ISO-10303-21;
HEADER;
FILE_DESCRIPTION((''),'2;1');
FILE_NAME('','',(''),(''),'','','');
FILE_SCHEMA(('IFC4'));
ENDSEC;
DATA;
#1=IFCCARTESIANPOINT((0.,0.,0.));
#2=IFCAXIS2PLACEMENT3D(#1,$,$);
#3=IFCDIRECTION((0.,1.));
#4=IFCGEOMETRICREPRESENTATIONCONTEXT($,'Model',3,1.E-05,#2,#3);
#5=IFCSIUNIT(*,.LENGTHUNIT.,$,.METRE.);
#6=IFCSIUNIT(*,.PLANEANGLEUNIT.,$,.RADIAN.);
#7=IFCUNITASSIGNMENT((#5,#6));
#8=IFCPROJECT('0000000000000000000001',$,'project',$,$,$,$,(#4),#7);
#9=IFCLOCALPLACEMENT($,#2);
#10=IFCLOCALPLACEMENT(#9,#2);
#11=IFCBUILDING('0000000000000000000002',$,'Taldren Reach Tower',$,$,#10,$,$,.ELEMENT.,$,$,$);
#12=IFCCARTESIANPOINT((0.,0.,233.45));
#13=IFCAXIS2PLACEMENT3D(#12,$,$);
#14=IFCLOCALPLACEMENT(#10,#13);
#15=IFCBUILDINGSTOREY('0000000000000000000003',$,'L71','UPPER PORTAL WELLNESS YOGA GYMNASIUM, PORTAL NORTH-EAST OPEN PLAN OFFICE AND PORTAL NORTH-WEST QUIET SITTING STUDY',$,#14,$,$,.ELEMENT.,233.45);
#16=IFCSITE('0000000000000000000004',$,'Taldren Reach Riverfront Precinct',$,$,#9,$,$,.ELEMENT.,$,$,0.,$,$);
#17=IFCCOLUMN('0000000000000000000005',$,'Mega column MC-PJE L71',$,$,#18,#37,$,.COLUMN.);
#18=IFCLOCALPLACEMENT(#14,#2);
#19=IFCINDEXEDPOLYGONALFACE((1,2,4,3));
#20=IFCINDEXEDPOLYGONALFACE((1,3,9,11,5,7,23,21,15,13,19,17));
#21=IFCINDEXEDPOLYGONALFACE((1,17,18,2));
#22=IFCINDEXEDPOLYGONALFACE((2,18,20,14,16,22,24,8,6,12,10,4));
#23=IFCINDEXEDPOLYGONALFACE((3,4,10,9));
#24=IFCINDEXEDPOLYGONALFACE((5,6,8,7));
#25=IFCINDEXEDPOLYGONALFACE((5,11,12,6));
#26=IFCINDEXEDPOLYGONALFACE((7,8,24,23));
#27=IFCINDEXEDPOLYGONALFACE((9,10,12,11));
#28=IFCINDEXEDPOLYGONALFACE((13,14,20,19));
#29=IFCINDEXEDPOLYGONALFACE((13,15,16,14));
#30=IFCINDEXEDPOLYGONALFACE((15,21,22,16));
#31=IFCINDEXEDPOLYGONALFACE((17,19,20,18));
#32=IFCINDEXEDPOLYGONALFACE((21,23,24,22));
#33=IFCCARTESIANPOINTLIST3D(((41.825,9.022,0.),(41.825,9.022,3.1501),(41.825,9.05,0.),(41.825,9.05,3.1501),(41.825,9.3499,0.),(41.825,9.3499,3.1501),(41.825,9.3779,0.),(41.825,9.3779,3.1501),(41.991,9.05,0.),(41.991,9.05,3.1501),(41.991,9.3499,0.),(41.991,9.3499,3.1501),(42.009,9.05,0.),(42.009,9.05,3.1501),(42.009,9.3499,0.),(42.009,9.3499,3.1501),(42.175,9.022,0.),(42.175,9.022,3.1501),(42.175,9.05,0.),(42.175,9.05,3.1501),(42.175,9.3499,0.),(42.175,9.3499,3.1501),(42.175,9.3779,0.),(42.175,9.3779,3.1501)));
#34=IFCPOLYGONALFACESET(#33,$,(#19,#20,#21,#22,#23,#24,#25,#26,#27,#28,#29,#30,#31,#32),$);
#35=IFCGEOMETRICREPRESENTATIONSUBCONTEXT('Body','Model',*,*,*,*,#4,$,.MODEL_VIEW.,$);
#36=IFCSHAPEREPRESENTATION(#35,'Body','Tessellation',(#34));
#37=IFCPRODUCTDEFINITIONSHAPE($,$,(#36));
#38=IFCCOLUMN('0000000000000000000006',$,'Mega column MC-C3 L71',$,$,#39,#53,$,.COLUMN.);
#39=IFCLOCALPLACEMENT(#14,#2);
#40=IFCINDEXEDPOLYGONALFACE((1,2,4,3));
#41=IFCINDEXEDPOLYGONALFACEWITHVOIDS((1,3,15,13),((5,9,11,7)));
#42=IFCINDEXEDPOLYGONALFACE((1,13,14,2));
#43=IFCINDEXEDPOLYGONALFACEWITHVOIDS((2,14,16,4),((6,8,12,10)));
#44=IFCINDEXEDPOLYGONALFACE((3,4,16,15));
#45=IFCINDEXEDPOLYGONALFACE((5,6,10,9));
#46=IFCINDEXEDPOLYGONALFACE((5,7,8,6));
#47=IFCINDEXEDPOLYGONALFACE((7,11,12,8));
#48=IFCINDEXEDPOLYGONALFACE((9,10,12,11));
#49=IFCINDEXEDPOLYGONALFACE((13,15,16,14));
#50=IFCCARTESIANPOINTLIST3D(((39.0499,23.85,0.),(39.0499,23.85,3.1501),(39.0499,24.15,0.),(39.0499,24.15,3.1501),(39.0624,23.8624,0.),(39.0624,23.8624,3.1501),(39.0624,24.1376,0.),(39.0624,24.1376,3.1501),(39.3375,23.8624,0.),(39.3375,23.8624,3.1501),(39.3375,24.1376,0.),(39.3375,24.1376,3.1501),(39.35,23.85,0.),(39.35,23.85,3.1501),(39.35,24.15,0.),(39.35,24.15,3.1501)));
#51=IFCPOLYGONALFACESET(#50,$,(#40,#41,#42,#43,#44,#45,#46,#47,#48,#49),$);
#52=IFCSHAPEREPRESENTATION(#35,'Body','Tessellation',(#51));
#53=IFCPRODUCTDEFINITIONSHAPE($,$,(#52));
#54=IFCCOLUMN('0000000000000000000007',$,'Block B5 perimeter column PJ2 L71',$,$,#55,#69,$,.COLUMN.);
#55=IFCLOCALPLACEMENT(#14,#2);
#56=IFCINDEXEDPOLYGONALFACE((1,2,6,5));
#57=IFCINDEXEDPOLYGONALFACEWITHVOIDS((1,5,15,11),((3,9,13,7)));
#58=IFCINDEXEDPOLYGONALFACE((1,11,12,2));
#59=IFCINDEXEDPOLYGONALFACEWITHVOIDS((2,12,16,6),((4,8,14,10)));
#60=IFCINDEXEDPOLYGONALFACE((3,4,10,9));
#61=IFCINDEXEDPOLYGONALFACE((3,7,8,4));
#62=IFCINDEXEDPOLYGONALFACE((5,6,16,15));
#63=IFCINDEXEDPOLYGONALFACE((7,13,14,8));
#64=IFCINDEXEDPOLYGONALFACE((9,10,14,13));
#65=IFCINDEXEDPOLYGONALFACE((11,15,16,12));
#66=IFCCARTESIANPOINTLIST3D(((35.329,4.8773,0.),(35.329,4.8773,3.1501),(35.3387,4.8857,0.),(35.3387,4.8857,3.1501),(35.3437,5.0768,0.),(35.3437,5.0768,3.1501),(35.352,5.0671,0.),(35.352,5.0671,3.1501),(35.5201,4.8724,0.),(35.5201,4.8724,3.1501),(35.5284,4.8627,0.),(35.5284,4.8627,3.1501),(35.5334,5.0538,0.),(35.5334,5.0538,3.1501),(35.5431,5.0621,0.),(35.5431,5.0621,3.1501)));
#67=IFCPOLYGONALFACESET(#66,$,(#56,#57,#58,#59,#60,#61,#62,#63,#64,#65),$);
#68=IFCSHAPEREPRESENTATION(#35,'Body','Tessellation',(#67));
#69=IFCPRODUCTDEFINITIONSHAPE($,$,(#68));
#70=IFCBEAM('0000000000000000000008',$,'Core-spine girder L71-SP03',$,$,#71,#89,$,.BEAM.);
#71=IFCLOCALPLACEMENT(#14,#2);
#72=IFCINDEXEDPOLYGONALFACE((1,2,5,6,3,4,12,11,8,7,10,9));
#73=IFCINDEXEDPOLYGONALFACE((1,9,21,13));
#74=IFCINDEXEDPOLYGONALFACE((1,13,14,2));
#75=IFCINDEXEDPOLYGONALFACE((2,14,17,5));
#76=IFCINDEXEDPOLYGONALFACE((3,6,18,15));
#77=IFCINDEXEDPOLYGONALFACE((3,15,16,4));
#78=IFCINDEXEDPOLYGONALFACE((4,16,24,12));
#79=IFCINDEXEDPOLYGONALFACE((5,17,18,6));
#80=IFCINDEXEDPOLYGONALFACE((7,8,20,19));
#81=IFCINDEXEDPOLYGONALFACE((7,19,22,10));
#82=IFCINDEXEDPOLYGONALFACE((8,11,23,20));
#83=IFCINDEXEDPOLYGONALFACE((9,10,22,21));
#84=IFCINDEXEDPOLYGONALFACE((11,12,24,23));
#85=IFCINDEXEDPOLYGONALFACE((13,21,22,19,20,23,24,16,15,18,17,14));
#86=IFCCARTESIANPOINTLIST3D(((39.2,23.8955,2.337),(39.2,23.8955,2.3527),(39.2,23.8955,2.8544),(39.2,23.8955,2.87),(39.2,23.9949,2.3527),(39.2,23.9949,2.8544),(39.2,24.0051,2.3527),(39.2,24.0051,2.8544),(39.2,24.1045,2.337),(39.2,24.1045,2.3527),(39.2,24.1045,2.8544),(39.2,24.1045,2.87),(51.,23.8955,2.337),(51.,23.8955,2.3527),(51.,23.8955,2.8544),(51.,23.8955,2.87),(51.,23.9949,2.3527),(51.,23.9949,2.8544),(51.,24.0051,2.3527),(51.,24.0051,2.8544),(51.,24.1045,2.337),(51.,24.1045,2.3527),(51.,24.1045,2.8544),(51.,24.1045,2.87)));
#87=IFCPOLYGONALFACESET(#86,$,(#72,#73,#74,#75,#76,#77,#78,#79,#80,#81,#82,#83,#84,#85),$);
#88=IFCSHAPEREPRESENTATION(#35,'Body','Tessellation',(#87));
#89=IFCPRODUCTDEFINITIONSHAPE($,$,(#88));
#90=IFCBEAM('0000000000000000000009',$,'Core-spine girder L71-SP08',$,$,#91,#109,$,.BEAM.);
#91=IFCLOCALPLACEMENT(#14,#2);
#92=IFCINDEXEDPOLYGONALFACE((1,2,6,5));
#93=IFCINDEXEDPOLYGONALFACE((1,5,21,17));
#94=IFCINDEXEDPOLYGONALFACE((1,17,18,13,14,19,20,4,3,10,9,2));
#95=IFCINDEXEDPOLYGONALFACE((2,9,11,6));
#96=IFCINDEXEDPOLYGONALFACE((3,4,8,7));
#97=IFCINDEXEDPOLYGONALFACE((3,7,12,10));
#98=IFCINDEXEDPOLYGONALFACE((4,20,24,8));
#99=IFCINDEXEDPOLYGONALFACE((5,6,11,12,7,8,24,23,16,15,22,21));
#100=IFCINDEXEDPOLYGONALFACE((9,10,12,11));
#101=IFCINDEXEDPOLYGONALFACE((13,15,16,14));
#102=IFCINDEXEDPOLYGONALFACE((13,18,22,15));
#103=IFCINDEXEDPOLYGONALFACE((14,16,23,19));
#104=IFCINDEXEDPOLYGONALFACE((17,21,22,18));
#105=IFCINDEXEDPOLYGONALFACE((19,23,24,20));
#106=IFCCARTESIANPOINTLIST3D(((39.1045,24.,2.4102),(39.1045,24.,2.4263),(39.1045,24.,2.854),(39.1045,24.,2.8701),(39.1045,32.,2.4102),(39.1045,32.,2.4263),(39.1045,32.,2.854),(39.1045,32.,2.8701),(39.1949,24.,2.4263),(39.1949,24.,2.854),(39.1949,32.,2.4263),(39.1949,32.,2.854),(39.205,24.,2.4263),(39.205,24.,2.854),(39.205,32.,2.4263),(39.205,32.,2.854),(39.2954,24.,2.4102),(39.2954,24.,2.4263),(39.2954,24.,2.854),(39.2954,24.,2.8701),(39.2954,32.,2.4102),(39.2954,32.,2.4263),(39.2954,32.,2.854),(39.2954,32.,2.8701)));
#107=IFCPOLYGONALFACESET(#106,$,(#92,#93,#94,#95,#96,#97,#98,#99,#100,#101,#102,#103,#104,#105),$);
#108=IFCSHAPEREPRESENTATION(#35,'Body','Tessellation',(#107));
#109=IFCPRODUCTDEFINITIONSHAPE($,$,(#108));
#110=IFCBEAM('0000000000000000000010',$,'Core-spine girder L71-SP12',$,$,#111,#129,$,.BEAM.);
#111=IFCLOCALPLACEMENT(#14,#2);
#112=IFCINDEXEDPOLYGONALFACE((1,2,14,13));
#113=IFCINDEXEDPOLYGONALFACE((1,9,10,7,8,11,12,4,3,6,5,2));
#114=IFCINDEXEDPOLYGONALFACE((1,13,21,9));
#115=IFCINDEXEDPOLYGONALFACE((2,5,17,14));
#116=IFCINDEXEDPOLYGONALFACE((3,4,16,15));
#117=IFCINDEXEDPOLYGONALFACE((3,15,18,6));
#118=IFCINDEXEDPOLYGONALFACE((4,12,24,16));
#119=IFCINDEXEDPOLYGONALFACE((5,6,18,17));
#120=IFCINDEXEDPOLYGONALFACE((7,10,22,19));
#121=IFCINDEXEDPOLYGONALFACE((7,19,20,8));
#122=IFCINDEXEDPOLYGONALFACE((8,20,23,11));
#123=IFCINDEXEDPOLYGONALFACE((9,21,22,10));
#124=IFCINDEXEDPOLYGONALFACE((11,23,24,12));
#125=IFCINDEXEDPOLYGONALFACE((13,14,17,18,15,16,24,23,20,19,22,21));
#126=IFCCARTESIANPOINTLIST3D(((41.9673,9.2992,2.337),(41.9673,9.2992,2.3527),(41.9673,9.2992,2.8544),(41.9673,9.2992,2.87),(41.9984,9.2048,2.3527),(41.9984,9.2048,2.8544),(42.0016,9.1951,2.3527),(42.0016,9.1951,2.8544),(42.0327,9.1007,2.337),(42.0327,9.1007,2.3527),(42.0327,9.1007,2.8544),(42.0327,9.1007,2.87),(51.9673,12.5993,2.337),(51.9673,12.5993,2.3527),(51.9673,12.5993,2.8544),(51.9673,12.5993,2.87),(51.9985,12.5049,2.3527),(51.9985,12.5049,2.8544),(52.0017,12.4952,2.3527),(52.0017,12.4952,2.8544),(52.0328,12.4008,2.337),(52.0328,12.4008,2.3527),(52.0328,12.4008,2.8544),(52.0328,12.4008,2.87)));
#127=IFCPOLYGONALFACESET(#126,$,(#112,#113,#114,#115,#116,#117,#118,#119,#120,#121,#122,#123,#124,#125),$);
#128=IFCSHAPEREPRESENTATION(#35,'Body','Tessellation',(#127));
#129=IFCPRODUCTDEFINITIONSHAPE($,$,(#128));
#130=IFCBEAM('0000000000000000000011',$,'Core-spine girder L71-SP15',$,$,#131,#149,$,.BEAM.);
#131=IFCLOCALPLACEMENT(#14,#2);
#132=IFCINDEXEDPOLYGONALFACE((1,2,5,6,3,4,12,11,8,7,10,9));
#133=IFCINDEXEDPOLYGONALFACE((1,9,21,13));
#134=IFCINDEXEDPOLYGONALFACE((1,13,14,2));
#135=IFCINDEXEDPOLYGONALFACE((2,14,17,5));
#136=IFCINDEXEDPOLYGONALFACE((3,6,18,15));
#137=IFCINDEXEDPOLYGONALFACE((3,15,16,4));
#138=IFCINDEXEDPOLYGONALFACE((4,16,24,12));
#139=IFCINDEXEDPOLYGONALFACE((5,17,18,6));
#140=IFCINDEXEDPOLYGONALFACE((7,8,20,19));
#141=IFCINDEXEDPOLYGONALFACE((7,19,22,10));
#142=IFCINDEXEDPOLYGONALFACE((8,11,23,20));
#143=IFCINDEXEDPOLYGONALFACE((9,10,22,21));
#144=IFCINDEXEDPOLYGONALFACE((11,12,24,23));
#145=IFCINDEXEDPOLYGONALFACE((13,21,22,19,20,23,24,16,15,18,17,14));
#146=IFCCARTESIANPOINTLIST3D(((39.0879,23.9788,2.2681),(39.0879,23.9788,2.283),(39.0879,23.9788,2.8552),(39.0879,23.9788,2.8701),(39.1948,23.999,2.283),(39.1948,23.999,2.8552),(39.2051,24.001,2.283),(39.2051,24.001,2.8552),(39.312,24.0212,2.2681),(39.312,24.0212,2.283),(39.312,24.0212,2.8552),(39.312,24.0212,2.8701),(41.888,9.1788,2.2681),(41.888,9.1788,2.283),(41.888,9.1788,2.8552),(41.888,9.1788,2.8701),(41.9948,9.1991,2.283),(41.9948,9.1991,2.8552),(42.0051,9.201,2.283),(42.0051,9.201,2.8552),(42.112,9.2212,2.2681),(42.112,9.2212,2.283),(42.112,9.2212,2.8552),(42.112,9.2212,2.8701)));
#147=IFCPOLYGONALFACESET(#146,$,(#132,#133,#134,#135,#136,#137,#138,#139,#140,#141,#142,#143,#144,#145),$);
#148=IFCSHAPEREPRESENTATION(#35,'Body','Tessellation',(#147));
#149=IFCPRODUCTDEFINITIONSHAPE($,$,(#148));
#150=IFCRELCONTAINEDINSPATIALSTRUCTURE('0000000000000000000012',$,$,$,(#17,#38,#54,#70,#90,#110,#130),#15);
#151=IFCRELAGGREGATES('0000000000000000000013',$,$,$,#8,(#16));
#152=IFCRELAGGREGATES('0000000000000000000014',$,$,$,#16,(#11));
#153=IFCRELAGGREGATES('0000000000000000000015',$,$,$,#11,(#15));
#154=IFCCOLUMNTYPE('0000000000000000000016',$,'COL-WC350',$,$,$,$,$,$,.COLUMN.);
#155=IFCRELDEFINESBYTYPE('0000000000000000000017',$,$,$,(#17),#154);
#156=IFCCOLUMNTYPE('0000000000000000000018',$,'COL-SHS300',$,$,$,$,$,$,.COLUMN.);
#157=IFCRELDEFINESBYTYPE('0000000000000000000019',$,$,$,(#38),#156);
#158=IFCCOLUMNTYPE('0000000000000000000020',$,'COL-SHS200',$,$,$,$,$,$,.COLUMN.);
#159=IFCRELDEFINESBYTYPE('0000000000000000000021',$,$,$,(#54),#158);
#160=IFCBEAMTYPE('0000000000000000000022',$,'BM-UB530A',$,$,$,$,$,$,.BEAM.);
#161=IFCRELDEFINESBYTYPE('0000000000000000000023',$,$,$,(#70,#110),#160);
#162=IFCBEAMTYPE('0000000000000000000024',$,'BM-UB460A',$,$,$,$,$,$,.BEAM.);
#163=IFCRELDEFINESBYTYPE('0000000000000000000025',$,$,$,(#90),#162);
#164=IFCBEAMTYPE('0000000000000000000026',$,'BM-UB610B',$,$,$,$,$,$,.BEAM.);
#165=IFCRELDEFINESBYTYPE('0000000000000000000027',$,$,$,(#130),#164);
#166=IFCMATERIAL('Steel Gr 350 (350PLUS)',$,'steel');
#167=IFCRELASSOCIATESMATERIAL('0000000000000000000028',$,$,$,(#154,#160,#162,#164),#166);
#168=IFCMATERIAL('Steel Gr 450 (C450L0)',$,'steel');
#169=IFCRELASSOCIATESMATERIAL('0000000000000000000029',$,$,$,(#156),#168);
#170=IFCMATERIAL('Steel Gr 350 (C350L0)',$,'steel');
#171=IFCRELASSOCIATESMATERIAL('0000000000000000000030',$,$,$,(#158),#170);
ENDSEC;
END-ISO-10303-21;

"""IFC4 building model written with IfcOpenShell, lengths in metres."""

from ifc_helpers import new_model, si_unit, direction, frame, origin, origin_2d, place, context, subcontext, project, spatial, hollow_rectangle, i_section, extrude, source, transform, mapped, material, material_profile, profile_set, type_object, element, save


model = new_model("IFC4")

# Units and contexts
model_context = context("Model", 3, precision=1e-05, world=origin(), true_north=direction((0.0, 1.0)))
body_context = subcontext(model_context, "Body", "Model", "MODEL_VIEW")
ifc_project = project(units=[si_unit("LENGTHUNIT", "METRE"), si_unit("PLANEANGLEUNIT", "RADIAN")], contexts=[model_context])

# Site, building, storey
site_placement = place(None, origin())
site = spatial("IfcSite", under=ifc_project, at=site_placement, Name="Taldren Reach Riverfront Precinct", CompositionType="ELEMENT", RefElevation=0.0)
building_placement = place(site_placement, origin())
building = spatial("IfcBuilding", under=site, at=building_placement, Name="Taldren Reach Tower", CompositionType="ELEMENT")
storey_placement = place(building_placement, frame((0.0, 0.0, 233.45)))
storey = spatial("IfcBuildingStorey", under=building, at=storey_placement, Name="L71", Description="UPPER PORTAL WELLNESS YOGA GYMNASIUM, PORTAL NORTH-EAST OPEN PLAN OFFICE AND PORTAL NORTH-WEST QUIET SITTING STUDY", CompositionType="ELEMENT", Elevation=233.45)

# Columns
ifc_material_1 = material(Name="Steel Gr 350 (350PLUS)", Category="steel")
ifc_material_profile_1 = material_profile(ifc_material_1, i_section(OverallWidth=0.3501, OverallDepth=0.356, WebThickness=0.0181, FlangeThickness=0.0281, at=origin_2d()), Name="350WC197")
ifc_profile_set_1 = profile_set([ifc_material_profile_1], Name="Steel Gr 350 (350PLUS)")
column_type_1 = type_object("IfcColumnType", Name="COL-WC350", PredefinedType="COLUMN", material=ifc_profile_set_1)
shared_shape_1 = source(origin(), body_context, "Body", "SweptSolid", [
    extrude(i_section(OverallWidth=0.3501, OverallDepth=0.356, WebThickness=0.0181, FlangeThickness=0.0281, at=origin_2d()), origin(), (0.0, 0.0, 1.0), 3.1501),
])
column_1_placement = place(storey_placement, frame((42.0, 9.2, 0.0), z_axis=(0.0, 0.0, 1.0), x_axis=(1.0, 0.0, 0.0)))
element("IfcColumn", 1, at=column_1_placement, inside=storey, type_object=column_type_1, Name="Mega column MC-PJE L71", PredefinedType="COLUMN", context=body_context, shape_type="MappedRepresentation", body=[
    mapped(shared_shape_1, transform((0.0, 0.0, 0.0), scale=1.0)),
])
ifc_material_2 = material(Name="Steel Gr 450 (C450L0)", Category="steel")
ifc_material_profile_2 = material_profile(ifc_material_2, hollow_rectangle(XDim=0.3, YDim=0.3, WallThickness=0.0125, at=origin_2d()), Name="300x300x12.5SHS")
ifc_profile_set_2 = profile_set([ifc_material_profile_2], Name="Steel Gr 450 (C450L0)")
column_type_2 = type_object("IfcColumnType", Name="COL-SHS300", PredefinedType="COLUMN", material=ifc_profile_set_2)
shared_shape_2 = source(origin(), body_context, "Body", "SweptSolid", [
    extrude(hollow_rectangle(XDim=0.3, YDim=0.3, WallThickness=0.0125, at=origin_2d()), origin(), (0.0, 0.0, 1.0), 3.1501),
])
column_2_placement = place(storey_placement, frame((39.2, 24.0, 0.0), z_axis=(0.0, 0.0, 1.0), x_axis=(1.0, 0.0, 0.0)))
element("IfcColumn", 2, at=column_2_placement, inside=storey, type_object=column_type_2, Name="Mega column MC-C3 L71", PredefinedType="COLUMN", context=body_context, shape_type="MappedRepresentation", body=[
    mapped(shared_shape_2, transform((0.0, 0.0, 0.0), scale=1.0)),
])
ifc_material_3 = material(Name="Steel Gr 350 (C350L0)", Category="steel")
ifc_material_profile_3 = material_profile(ifc_material_3, hollow_rectangle(XDim=0.2, YDim=0.2, WallThickness=0.009, at=origin_2d()), Name="200x200x9.0SHS")
ifc_profile_set_3 = profile_set([ifc_material_profile_3], Name="Steel Gr 350 (C350L0)")
column_type_3 = type_object("IfcColumnType", Name="COL-SHS200", PredefinedType="COLUMN", material=ifc_profile_set_3)
shared_shape_3 = source(origin(), body_context, "Body", "SweptSolid", [
    extrude(hollow_rectangle(XDim=0.2, YDim=0.2, WallThickness=0.009, at=origin_2d()), origin(), (0.0, 0.0, 1.0), 3.1501),
])
column_3_placement = place(storey_placement, frame((35.436, 4.9697, 0.0), z_axis=(0.0, 0.0, 1.0), x_axis=(0.997314, -0.073238, 0.0)))
element("IfcColumn", 3, at=column_3_placement, inside=storey, type_object=column_type_3, Name="Block B5 perimeter column PJ2 L71", PredefinedType="COLUMN", context=body_context, shape_type="MappedRepresentation", body=[
    mapped(shared_shape_3, transform((0.0, 0.0, 0.0), scale=1.0)),
])

# Beams
ifc_material_profile_4 = material_profile(ifc_material_1, i_section(OverallWidth=0.209, OverallDepth=0.533, WebThickness=0.0103, FlangeThickness=0.0156, at=origin_2d()), Name="530UB92.4")
ifc_profile_set_4 = profile_set([ifc_material_profile_4], Name="Steel Gr 350 (350PLUS)")
beam_type_1 = type_object("IfcBeamType", Name="BM-UB530A", PredefinedType="BEAM", material=ifc_profile_set_4)
shared_shape_4 = source(origin(), body_context, "Body", "SweptSolid", [
    extrude(i_section(OverallWidth=0.209, OverallDepth=0.533, WebThickness=0.0103, FlangeThickness=0.0156, at=origin_2d()), origin(), (0.0, 0.0, 1.0), 11.8),
])
beam_1_placement = place(storey_placement, frame((39.2, 24.0, 2.6035), z_axis=(1.0, 0.0, 0.0), x_axis=(0.0, 1.0, 0.0)))
element("IfcBeam", 4, at=beam_1_placement, inside=storey, type_object=beam_type_1, Name="Core-spine girder L71-SP03", PredefinedType="BEAM", context=body_context, shape_type="MappedRepresentation", body=[
    mapped(shared_shape_4, transform((0.0, 0.0, 0.0), scale=1.0)),
])
ifc_material_profile_5 = material_profile(ifc_material_1, i_section(OverallWidth=0.1909, OverallDepth=0.46, WebThickness=0.01, FlangeThickness=0.0161, at=origin_2d()), Name="460UB82.1")
ifc_profile_set_5 = profile_set([ifc_material_profile_5], Name="Steel Gr 350 (350PLUS)")
beam_type_2 = type_object("IfcBeamType", Name="BM-UB460A", PredefinedType="BEAM", material=ifc_profile_set_5)
shared_shape_5 = source(origin(), body_context, "Body", "SweptSolid", [
    extrude(i_section(OverallWidth=0.1909, OverallDepth=0.46, WebThickness=0.01, FlangeThickness=0.0161, at=origin_2d()), origin(), (0.0, 0.0, 1.0), 8.0),
])
beam_2_placement = place(storey_placement, frame((39.2, 24.0, 2.6401), z_axis=(0.0, 1.0, 0.0), x_axis=(-1.0, 0.0, 0.0)))
element("IfcBeam", 5, at=beam_2_placement, inside=storey, type_object=beam_type_2, Name="Core-spine girder L71-SP08", PredefinedType="BEAM", context=body_context, shape_type="MappedRepresentation", body=[
    mapped(shared_shape_5, transform((0.0, 0.0, 0.0), scale=1.0)),
])
shared_shape_6 = source(origin(), body_context, "Body", "SweptSolid", [
    extrude(i_section(OverallWidth=0.209, OverallDepth=0.533, WebThickness=0.0103, FlangeThickness=0.0156, at=origin_2d()), origin(), (0.0, 0.0, 1.0), 10.5305),
])
beam_3_placement = place(storey_placement, frame((42.0, 9.2, 2.6035), z_axis=(0.949627, 0.313382, 0.0), x_axis=(-0.313382, 0.949627, 0.0)))
element("IfcBeam", 6, at=beam_3_placement, inside=storey, type_object=beam_type_1, Name="Core-spine girder L71-SP12", PredefinedType="BEAM", context=body_context, shape_type="MappedRepresentation", body=[
    mapped(shared_shape_6, transform((0.0, 0.0, 0.0), scale=1.0)),
])
ifc_material_profile_6 = material_profile(ifc_material_1, i_section(OverallWidth=0.228, OverallDepth=0.6021, WebThickness=0.0105, FlangeThickness=0.0149, at=origin_2d()), Name="610UB101")
ifc_profile_set_6 = profile_set([ifc_material_profile_6], Name="Steel Gr 350 (350PLUS)")
beam_type_3 = type_object("IfcBeamType", Name="BM-UB610B", PredefinedType="BEAM", material=ifc_profile_set_6)
shared_shape_7 = source(origin(), body_context, "Body", "SweptSolid", [
    extrude(i_section(OverallWidth=0.228, OverallDepth=0.6021, WebThickness=0.0105, FlangeThickness=0.0149, at=origin_2d()), origin(), (0.0, 0.0, 1.0), 15.0625),
])
beam_4_placement = place(storey_placement, frame((39.2, 24.0, 2.5691), z_axis=(0.185894, -0.98257, 0.0), x_axis=(0.98257, 0.185894, 0.0)))
element("IfcBeam", 7, at=beam_4_placement, inside=storey, type_object=beam_type_3, Name="Core-spine girder L71-SP15", PredefinedType="BEAM", context=body_context, shape_type="MappedRepresentation", body=[
    mapped(shared_shape_7, transform((0.0, 0.0, 0.0), scale=1.0)),
])

save(model, "model.ifc")
